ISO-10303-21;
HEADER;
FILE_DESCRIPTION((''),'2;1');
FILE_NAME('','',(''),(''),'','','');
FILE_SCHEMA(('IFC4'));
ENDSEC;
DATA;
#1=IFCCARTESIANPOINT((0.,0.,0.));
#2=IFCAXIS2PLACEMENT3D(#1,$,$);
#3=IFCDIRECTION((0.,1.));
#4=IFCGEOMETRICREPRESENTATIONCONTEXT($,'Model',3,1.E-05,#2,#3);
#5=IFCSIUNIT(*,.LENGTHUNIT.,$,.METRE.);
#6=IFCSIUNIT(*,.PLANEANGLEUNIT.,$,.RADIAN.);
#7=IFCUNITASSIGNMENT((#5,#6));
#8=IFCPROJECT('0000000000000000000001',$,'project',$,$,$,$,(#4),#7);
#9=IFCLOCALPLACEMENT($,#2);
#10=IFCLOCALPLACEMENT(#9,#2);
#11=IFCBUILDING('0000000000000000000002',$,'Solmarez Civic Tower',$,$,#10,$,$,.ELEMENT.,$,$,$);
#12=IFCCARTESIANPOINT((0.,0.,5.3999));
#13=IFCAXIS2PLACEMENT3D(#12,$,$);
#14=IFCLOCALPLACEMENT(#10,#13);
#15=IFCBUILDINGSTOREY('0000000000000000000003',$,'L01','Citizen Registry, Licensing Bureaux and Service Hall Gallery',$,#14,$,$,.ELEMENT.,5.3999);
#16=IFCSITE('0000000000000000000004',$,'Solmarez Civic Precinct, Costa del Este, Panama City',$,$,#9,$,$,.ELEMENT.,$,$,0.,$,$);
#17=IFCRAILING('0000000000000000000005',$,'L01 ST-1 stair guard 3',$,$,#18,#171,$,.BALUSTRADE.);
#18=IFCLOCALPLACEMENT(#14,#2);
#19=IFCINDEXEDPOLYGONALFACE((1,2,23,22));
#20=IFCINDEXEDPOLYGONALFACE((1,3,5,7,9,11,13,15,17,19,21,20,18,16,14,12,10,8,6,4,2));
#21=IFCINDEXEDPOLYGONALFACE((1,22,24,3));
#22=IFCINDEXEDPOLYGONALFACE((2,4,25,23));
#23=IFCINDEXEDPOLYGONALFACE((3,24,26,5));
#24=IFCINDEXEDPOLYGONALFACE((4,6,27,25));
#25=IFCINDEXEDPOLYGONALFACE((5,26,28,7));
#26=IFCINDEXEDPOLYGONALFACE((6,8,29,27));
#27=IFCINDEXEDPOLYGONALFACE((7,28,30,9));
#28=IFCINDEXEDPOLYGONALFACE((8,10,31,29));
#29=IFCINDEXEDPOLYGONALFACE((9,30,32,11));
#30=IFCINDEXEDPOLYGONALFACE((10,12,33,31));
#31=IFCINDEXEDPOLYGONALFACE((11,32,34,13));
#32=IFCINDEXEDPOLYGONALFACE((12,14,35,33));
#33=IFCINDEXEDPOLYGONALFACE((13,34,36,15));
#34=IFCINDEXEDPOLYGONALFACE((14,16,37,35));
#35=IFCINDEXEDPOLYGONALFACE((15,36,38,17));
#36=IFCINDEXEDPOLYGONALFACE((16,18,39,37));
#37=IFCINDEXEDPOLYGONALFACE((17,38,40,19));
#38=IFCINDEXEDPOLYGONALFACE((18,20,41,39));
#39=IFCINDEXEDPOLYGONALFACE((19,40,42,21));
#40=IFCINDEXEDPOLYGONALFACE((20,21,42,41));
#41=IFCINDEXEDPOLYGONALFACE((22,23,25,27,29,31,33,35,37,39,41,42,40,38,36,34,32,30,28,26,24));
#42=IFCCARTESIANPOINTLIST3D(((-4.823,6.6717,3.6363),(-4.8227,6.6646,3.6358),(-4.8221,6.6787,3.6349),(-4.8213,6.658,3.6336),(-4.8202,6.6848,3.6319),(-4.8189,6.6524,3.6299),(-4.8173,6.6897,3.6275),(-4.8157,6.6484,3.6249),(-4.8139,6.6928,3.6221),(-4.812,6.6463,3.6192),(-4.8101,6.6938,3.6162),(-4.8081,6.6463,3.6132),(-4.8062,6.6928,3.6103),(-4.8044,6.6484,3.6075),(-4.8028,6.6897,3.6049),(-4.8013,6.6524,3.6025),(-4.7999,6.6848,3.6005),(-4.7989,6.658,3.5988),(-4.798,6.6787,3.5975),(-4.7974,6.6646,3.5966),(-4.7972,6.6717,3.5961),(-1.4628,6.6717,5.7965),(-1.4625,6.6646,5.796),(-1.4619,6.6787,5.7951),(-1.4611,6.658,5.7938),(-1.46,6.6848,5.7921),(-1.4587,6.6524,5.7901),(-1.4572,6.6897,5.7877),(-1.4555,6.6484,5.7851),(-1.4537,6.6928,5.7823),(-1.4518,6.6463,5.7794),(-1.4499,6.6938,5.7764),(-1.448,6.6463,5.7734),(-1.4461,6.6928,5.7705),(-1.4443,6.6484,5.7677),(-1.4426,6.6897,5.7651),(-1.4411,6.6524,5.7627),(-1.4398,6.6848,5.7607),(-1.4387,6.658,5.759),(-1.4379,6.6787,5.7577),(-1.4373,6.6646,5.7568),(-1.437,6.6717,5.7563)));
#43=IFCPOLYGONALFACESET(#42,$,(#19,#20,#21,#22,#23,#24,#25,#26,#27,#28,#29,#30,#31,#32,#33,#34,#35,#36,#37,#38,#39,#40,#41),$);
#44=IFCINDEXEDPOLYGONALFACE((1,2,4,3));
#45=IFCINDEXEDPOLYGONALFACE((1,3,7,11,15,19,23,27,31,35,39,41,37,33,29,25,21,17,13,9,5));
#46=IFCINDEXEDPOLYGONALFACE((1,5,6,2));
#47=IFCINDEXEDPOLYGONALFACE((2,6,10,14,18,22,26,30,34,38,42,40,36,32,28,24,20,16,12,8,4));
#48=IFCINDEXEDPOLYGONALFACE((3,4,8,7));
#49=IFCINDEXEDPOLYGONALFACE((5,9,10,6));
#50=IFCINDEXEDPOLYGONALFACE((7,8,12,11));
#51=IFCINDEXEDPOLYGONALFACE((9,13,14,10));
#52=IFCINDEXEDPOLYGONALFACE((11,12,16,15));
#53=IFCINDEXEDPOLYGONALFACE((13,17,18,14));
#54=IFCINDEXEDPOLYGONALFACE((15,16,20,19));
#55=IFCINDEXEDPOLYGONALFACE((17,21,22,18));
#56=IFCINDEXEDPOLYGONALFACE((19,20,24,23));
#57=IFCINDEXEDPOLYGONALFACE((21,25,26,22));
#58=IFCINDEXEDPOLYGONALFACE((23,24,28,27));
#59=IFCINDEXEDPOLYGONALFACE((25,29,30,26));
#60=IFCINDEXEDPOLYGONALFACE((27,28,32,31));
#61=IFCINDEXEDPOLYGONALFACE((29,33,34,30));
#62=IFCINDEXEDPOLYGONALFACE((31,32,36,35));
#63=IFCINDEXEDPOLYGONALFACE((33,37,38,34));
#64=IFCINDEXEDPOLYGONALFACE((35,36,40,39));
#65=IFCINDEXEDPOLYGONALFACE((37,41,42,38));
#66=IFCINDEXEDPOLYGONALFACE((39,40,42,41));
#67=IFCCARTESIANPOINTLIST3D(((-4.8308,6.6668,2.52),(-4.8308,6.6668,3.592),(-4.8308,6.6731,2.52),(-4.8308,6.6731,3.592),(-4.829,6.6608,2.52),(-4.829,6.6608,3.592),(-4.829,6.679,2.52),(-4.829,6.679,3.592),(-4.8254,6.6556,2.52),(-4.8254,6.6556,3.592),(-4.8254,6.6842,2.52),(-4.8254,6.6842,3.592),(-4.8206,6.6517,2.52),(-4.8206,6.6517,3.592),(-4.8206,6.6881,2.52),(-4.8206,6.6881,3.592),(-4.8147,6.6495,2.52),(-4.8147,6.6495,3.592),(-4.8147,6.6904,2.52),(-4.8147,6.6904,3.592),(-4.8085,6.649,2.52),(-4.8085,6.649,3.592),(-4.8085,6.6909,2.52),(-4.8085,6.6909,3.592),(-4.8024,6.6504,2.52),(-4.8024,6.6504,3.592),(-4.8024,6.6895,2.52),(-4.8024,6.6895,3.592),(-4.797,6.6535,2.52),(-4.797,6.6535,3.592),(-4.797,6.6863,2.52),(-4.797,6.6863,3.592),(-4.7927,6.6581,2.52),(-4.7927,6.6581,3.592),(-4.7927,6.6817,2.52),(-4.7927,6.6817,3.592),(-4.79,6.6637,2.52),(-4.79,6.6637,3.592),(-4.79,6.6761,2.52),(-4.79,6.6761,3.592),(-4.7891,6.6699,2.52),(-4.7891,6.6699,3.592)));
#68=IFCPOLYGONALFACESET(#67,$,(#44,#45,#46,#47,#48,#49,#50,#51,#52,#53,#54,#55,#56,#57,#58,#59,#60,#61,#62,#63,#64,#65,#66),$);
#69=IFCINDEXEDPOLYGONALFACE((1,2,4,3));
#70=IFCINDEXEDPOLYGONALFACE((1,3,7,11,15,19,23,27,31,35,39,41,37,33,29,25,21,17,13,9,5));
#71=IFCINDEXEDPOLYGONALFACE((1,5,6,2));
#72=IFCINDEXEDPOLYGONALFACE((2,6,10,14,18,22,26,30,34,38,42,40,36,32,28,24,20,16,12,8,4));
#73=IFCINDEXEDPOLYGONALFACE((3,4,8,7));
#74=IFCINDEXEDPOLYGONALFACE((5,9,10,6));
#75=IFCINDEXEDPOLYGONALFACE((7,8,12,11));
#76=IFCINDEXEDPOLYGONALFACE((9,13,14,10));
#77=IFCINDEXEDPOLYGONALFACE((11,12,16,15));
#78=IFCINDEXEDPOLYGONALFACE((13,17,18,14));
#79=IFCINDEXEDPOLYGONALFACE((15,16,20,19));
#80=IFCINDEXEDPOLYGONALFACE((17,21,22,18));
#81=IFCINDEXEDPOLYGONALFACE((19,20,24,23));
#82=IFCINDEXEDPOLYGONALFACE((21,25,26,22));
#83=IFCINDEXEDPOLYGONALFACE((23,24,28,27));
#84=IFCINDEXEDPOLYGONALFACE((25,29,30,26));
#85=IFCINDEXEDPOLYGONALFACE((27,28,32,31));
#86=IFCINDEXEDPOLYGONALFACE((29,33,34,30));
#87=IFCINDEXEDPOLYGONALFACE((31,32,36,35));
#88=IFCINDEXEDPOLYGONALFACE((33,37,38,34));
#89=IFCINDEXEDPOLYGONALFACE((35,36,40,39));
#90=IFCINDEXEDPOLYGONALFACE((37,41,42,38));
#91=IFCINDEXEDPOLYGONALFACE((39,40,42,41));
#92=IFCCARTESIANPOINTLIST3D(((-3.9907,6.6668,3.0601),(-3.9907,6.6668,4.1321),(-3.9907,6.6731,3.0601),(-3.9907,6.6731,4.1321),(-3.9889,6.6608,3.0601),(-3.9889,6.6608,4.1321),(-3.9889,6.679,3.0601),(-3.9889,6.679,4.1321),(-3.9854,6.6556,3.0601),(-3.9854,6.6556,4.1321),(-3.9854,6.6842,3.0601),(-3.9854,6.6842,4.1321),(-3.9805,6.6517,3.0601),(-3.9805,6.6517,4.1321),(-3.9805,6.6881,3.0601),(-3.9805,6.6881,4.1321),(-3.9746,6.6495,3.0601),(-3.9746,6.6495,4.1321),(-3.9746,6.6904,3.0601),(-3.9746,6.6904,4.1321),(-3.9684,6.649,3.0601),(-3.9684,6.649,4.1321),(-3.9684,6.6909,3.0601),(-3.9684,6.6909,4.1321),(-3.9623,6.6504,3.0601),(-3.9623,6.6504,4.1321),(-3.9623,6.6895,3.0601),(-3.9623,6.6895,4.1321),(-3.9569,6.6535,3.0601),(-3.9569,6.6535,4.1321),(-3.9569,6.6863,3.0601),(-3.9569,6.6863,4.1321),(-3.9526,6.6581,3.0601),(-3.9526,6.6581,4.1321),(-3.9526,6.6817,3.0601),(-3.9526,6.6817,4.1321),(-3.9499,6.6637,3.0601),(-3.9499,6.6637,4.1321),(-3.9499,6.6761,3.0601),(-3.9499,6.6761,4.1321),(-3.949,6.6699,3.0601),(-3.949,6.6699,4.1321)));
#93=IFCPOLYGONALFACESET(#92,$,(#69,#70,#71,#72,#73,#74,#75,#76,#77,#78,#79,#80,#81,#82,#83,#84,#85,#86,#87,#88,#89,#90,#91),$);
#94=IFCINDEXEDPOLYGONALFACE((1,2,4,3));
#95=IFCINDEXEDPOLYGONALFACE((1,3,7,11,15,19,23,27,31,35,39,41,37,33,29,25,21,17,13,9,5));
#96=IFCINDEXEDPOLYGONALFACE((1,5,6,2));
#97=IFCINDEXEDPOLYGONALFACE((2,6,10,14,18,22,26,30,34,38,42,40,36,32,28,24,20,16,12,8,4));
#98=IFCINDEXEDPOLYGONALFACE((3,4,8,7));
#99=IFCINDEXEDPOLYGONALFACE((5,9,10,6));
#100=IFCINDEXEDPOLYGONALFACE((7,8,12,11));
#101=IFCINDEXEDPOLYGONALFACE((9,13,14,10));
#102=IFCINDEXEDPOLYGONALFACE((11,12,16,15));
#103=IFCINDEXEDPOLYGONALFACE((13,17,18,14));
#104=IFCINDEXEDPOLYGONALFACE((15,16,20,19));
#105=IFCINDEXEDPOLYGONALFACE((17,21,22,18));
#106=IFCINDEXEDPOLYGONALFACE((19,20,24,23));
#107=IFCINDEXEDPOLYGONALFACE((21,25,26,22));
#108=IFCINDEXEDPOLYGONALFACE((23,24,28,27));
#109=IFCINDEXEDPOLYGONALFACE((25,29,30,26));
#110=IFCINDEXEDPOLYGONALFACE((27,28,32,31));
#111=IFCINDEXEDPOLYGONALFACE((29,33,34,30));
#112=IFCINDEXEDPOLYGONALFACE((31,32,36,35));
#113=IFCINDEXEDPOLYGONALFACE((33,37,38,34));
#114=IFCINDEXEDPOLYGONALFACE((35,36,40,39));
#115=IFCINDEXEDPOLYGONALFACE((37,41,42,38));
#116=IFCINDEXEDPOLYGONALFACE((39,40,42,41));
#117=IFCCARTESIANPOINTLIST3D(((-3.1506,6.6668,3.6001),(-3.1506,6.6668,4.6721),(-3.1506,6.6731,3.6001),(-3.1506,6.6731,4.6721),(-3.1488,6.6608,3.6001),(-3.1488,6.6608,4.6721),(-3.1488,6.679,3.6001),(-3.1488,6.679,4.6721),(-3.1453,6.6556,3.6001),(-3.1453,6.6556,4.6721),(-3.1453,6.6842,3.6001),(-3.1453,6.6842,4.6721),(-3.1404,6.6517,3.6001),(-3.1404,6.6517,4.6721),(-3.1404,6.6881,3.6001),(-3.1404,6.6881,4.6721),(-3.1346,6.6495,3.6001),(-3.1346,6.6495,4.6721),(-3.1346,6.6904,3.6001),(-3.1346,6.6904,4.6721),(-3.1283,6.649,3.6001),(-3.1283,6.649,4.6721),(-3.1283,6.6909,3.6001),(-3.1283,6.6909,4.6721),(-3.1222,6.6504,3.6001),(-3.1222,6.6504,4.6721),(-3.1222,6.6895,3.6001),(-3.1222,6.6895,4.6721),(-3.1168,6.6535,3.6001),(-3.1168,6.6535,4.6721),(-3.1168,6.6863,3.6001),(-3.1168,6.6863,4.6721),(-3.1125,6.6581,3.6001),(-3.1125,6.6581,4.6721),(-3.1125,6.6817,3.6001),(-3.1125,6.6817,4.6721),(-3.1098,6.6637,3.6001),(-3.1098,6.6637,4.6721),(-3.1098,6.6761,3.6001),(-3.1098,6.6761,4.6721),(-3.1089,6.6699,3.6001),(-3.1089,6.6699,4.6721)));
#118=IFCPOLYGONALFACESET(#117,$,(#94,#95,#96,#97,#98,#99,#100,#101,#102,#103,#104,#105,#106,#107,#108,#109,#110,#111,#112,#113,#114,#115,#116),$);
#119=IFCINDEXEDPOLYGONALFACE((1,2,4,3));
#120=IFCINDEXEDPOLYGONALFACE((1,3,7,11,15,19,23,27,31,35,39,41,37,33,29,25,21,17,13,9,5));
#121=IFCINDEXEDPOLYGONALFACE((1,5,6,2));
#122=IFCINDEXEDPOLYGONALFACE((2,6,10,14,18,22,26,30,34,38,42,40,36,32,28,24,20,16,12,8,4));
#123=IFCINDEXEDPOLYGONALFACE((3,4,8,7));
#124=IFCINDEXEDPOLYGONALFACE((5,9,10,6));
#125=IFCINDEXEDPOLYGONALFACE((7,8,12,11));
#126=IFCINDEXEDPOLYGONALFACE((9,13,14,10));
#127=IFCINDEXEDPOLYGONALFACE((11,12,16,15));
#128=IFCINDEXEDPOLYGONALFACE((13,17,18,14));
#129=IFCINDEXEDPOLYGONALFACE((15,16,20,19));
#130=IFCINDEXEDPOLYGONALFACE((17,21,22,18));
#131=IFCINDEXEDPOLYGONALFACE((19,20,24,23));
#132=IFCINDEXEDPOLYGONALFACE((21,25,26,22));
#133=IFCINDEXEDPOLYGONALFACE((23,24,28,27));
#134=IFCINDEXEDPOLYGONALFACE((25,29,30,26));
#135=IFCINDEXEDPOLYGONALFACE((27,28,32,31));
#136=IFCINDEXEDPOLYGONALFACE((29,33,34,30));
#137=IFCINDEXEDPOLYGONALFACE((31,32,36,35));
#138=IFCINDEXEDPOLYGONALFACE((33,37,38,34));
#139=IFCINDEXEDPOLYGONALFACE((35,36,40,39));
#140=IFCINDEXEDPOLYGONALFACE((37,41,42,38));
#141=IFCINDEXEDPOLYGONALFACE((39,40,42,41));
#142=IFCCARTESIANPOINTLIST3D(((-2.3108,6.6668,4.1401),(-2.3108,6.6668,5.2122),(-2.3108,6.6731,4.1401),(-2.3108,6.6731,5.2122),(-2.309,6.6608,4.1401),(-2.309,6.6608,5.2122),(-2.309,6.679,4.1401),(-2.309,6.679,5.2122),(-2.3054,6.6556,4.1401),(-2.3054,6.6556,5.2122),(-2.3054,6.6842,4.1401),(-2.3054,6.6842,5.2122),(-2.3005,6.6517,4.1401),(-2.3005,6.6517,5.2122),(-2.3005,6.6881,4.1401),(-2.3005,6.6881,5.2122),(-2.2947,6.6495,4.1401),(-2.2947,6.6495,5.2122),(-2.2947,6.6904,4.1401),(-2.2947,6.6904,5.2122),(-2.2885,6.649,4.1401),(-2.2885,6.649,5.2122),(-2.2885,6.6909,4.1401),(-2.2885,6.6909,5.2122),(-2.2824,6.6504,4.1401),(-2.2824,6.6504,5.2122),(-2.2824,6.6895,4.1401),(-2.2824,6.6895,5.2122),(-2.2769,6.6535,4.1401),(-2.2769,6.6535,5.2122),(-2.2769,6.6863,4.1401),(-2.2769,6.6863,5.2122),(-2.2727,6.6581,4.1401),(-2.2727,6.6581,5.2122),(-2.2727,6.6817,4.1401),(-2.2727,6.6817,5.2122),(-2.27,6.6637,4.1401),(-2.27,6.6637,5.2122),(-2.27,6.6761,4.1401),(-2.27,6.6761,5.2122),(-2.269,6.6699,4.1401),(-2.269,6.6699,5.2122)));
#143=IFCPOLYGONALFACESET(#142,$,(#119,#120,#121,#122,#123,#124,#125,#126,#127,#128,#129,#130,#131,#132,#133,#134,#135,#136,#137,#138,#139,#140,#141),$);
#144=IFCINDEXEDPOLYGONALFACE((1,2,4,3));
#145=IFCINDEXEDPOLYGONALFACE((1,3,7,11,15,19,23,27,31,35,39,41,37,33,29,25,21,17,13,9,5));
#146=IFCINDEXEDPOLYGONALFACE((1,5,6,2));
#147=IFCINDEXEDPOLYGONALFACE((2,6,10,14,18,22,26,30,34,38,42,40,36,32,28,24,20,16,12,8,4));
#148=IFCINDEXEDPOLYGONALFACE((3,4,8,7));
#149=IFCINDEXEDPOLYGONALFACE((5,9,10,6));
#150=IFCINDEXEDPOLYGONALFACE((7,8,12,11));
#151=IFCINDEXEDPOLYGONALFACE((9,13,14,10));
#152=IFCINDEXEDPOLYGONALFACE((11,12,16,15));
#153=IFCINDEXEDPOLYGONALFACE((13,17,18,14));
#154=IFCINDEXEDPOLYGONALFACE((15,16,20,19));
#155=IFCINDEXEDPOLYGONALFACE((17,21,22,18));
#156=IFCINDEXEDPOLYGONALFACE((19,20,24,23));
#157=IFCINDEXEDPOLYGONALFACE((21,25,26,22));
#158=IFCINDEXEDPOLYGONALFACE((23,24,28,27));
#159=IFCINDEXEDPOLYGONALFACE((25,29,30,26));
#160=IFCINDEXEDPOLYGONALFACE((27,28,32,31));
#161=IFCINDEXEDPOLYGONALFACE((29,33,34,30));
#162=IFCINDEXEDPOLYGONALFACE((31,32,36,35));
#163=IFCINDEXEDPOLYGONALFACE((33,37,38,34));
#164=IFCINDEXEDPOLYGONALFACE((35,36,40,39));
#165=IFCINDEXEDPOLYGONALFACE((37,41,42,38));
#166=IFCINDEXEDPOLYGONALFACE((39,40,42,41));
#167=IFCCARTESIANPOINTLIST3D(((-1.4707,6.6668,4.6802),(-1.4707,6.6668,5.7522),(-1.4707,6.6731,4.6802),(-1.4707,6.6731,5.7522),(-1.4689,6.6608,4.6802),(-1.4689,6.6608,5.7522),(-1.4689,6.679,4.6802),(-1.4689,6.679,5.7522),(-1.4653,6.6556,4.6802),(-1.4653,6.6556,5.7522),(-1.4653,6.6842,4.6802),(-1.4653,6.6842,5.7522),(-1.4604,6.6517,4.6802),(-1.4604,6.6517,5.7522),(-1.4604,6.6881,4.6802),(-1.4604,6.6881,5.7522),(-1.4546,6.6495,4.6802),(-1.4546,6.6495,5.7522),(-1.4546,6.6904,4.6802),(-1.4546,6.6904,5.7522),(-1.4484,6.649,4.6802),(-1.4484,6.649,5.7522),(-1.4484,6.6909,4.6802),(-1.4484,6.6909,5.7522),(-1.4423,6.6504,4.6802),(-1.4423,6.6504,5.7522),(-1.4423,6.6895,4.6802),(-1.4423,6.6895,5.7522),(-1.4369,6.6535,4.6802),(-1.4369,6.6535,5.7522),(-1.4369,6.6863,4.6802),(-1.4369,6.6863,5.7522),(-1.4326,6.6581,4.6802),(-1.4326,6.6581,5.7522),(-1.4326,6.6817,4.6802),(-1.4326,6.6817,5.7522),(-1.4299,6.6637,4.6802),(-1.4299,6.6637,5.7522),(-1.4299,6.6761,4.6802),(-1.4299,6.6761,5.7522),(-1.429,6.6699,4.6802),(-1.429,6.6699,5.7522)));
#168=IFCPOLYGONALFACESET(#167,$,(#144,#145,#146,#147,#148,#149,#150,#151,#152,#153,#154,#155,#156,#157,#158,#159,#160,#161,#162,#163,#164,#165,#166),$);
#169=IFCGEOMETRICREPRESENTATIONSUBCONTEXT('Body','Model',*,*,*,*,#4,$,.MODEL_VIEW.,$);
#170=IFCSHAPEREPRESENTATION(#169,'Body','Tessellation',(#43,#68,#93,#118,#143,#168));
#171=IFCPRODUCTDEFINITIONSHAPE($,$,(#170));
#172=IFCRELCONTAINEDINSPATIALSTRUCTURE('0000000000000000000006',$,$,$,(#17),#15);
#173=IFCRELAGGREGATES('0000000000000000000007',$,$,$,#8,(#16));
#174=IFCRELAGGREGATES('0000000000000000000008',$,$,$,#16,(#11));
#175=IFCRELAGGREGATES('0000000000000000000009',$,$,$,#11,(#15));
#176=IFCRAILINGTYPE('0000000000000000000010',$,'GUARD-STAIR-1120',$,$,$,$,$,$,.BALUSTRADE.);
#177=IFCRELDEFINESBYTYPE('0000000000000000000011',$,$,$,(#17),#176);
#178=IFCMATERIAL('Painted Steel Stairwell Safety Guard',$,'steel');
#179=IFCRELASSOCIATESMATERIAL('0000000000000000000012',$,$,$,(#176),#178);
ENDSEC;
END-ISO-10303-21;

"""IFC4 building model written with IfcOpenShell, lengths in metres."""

from ifc_helpers import new_model, si_unit, direction, frame, origin, origin_2d, place, context, subcontext, project, spatial, circle, extrude, material, type_object, element, save


model = new_model("IFC4")

# Units and contexts
model_context = context("Model", 3, precision=1e-05, world=origin(), true_north=direction((0.0, 1.0)))
body_context = subcontext(model_context, "Body", "Model", "MODEL_VIEW")
ifc_project = project(units=[si_unit("LENGTHUNIT", "METRE"), si_unit("PLANEANGLEUNIT", "RADIAN")], contexts=[model_context])

# Site, building, storey
site_placement = place(None, origin())
site = spatial("IfcSite", under=ifc_project, at=site_placement, Name="Solmarez Civic Precinct, Costa del Este, Panama City", CompositionType="ELEMENT", RefElevation=0.0)
building_placement = place(site_placement, origin())
building = spatial("IfcBuilding", under=site, at=building_placement, Name="Solmarez Civic Tower", CompositionType="ELEMENT")
storey_placement = place(building_placement, frame((0.0, 0.0, 5.3999)))
storey = spatial("IfcBuildingStorey", under=building, at=storey_placement, Name="L01", Description="Citizen Registry, Licensing Bureaux and Service Hall Gallery", CompositionType="ELEMENT", Elevation=5.3999)

# Railing
ifc_material_1 = material(Name="Painted Steel Stairwell Safety Guard", Category="steel")
railing_type_1 = type_object("IfcRailingType", Name="GUARD-STAIR-1120", PredefinedType="BALUSTRADE", material=ifc_material_1)
railing_1_placement = place(storey_placement, frame((-4.8101, 6.6699, 2.52)))
element("IfcRailing", 1, at=railing_1_placement, inside=storey, type_object=railing_type_1, Name="L01 ST-1 stair guard 3", PredefinedType="BALUSTRADE", context=body_context, shape_type="SweptSolid", body=[
    extrude(circle(Radius=0.0239, at=origin_2d()), frame((0.0, 0.0, 1.0962), z_axis=(0.841169, 0.0, 0.540773), x_axis=(0.0, 1.0, 0.0)), (0.0, 0.0, 1.0), 3.9946),
    extrude(circle(Radius=0.021, at=origin_2d()), origin(), (0.0, 0.0, 1.0), 1.072),
    extrude(circle(Radius=0.021, at=origin_2d()), frame((0.8401, 0.0, 0.54)), (0.0, 0.0, 1.0), 1.072),
    extrude(circle(Radius=0.021, at=origin_2d()), frame((1.6802, 0.0, 1.0801)), (0.0, 0.0, 1.0), 1.072),
    extrude(circle(Radius=0.021, at=origin_2d()), frame((2.52, 0.0, 1.6201)), (0.0, 0.0, 1.0), 1.072),
    extrude(circle(Radius=0.021, at=origin_2d()), frame((3.3601, 0.0, 2.1602)), (0.0, 0.0, 1.0), 1.072),
])

save(model, "model.ifc")
